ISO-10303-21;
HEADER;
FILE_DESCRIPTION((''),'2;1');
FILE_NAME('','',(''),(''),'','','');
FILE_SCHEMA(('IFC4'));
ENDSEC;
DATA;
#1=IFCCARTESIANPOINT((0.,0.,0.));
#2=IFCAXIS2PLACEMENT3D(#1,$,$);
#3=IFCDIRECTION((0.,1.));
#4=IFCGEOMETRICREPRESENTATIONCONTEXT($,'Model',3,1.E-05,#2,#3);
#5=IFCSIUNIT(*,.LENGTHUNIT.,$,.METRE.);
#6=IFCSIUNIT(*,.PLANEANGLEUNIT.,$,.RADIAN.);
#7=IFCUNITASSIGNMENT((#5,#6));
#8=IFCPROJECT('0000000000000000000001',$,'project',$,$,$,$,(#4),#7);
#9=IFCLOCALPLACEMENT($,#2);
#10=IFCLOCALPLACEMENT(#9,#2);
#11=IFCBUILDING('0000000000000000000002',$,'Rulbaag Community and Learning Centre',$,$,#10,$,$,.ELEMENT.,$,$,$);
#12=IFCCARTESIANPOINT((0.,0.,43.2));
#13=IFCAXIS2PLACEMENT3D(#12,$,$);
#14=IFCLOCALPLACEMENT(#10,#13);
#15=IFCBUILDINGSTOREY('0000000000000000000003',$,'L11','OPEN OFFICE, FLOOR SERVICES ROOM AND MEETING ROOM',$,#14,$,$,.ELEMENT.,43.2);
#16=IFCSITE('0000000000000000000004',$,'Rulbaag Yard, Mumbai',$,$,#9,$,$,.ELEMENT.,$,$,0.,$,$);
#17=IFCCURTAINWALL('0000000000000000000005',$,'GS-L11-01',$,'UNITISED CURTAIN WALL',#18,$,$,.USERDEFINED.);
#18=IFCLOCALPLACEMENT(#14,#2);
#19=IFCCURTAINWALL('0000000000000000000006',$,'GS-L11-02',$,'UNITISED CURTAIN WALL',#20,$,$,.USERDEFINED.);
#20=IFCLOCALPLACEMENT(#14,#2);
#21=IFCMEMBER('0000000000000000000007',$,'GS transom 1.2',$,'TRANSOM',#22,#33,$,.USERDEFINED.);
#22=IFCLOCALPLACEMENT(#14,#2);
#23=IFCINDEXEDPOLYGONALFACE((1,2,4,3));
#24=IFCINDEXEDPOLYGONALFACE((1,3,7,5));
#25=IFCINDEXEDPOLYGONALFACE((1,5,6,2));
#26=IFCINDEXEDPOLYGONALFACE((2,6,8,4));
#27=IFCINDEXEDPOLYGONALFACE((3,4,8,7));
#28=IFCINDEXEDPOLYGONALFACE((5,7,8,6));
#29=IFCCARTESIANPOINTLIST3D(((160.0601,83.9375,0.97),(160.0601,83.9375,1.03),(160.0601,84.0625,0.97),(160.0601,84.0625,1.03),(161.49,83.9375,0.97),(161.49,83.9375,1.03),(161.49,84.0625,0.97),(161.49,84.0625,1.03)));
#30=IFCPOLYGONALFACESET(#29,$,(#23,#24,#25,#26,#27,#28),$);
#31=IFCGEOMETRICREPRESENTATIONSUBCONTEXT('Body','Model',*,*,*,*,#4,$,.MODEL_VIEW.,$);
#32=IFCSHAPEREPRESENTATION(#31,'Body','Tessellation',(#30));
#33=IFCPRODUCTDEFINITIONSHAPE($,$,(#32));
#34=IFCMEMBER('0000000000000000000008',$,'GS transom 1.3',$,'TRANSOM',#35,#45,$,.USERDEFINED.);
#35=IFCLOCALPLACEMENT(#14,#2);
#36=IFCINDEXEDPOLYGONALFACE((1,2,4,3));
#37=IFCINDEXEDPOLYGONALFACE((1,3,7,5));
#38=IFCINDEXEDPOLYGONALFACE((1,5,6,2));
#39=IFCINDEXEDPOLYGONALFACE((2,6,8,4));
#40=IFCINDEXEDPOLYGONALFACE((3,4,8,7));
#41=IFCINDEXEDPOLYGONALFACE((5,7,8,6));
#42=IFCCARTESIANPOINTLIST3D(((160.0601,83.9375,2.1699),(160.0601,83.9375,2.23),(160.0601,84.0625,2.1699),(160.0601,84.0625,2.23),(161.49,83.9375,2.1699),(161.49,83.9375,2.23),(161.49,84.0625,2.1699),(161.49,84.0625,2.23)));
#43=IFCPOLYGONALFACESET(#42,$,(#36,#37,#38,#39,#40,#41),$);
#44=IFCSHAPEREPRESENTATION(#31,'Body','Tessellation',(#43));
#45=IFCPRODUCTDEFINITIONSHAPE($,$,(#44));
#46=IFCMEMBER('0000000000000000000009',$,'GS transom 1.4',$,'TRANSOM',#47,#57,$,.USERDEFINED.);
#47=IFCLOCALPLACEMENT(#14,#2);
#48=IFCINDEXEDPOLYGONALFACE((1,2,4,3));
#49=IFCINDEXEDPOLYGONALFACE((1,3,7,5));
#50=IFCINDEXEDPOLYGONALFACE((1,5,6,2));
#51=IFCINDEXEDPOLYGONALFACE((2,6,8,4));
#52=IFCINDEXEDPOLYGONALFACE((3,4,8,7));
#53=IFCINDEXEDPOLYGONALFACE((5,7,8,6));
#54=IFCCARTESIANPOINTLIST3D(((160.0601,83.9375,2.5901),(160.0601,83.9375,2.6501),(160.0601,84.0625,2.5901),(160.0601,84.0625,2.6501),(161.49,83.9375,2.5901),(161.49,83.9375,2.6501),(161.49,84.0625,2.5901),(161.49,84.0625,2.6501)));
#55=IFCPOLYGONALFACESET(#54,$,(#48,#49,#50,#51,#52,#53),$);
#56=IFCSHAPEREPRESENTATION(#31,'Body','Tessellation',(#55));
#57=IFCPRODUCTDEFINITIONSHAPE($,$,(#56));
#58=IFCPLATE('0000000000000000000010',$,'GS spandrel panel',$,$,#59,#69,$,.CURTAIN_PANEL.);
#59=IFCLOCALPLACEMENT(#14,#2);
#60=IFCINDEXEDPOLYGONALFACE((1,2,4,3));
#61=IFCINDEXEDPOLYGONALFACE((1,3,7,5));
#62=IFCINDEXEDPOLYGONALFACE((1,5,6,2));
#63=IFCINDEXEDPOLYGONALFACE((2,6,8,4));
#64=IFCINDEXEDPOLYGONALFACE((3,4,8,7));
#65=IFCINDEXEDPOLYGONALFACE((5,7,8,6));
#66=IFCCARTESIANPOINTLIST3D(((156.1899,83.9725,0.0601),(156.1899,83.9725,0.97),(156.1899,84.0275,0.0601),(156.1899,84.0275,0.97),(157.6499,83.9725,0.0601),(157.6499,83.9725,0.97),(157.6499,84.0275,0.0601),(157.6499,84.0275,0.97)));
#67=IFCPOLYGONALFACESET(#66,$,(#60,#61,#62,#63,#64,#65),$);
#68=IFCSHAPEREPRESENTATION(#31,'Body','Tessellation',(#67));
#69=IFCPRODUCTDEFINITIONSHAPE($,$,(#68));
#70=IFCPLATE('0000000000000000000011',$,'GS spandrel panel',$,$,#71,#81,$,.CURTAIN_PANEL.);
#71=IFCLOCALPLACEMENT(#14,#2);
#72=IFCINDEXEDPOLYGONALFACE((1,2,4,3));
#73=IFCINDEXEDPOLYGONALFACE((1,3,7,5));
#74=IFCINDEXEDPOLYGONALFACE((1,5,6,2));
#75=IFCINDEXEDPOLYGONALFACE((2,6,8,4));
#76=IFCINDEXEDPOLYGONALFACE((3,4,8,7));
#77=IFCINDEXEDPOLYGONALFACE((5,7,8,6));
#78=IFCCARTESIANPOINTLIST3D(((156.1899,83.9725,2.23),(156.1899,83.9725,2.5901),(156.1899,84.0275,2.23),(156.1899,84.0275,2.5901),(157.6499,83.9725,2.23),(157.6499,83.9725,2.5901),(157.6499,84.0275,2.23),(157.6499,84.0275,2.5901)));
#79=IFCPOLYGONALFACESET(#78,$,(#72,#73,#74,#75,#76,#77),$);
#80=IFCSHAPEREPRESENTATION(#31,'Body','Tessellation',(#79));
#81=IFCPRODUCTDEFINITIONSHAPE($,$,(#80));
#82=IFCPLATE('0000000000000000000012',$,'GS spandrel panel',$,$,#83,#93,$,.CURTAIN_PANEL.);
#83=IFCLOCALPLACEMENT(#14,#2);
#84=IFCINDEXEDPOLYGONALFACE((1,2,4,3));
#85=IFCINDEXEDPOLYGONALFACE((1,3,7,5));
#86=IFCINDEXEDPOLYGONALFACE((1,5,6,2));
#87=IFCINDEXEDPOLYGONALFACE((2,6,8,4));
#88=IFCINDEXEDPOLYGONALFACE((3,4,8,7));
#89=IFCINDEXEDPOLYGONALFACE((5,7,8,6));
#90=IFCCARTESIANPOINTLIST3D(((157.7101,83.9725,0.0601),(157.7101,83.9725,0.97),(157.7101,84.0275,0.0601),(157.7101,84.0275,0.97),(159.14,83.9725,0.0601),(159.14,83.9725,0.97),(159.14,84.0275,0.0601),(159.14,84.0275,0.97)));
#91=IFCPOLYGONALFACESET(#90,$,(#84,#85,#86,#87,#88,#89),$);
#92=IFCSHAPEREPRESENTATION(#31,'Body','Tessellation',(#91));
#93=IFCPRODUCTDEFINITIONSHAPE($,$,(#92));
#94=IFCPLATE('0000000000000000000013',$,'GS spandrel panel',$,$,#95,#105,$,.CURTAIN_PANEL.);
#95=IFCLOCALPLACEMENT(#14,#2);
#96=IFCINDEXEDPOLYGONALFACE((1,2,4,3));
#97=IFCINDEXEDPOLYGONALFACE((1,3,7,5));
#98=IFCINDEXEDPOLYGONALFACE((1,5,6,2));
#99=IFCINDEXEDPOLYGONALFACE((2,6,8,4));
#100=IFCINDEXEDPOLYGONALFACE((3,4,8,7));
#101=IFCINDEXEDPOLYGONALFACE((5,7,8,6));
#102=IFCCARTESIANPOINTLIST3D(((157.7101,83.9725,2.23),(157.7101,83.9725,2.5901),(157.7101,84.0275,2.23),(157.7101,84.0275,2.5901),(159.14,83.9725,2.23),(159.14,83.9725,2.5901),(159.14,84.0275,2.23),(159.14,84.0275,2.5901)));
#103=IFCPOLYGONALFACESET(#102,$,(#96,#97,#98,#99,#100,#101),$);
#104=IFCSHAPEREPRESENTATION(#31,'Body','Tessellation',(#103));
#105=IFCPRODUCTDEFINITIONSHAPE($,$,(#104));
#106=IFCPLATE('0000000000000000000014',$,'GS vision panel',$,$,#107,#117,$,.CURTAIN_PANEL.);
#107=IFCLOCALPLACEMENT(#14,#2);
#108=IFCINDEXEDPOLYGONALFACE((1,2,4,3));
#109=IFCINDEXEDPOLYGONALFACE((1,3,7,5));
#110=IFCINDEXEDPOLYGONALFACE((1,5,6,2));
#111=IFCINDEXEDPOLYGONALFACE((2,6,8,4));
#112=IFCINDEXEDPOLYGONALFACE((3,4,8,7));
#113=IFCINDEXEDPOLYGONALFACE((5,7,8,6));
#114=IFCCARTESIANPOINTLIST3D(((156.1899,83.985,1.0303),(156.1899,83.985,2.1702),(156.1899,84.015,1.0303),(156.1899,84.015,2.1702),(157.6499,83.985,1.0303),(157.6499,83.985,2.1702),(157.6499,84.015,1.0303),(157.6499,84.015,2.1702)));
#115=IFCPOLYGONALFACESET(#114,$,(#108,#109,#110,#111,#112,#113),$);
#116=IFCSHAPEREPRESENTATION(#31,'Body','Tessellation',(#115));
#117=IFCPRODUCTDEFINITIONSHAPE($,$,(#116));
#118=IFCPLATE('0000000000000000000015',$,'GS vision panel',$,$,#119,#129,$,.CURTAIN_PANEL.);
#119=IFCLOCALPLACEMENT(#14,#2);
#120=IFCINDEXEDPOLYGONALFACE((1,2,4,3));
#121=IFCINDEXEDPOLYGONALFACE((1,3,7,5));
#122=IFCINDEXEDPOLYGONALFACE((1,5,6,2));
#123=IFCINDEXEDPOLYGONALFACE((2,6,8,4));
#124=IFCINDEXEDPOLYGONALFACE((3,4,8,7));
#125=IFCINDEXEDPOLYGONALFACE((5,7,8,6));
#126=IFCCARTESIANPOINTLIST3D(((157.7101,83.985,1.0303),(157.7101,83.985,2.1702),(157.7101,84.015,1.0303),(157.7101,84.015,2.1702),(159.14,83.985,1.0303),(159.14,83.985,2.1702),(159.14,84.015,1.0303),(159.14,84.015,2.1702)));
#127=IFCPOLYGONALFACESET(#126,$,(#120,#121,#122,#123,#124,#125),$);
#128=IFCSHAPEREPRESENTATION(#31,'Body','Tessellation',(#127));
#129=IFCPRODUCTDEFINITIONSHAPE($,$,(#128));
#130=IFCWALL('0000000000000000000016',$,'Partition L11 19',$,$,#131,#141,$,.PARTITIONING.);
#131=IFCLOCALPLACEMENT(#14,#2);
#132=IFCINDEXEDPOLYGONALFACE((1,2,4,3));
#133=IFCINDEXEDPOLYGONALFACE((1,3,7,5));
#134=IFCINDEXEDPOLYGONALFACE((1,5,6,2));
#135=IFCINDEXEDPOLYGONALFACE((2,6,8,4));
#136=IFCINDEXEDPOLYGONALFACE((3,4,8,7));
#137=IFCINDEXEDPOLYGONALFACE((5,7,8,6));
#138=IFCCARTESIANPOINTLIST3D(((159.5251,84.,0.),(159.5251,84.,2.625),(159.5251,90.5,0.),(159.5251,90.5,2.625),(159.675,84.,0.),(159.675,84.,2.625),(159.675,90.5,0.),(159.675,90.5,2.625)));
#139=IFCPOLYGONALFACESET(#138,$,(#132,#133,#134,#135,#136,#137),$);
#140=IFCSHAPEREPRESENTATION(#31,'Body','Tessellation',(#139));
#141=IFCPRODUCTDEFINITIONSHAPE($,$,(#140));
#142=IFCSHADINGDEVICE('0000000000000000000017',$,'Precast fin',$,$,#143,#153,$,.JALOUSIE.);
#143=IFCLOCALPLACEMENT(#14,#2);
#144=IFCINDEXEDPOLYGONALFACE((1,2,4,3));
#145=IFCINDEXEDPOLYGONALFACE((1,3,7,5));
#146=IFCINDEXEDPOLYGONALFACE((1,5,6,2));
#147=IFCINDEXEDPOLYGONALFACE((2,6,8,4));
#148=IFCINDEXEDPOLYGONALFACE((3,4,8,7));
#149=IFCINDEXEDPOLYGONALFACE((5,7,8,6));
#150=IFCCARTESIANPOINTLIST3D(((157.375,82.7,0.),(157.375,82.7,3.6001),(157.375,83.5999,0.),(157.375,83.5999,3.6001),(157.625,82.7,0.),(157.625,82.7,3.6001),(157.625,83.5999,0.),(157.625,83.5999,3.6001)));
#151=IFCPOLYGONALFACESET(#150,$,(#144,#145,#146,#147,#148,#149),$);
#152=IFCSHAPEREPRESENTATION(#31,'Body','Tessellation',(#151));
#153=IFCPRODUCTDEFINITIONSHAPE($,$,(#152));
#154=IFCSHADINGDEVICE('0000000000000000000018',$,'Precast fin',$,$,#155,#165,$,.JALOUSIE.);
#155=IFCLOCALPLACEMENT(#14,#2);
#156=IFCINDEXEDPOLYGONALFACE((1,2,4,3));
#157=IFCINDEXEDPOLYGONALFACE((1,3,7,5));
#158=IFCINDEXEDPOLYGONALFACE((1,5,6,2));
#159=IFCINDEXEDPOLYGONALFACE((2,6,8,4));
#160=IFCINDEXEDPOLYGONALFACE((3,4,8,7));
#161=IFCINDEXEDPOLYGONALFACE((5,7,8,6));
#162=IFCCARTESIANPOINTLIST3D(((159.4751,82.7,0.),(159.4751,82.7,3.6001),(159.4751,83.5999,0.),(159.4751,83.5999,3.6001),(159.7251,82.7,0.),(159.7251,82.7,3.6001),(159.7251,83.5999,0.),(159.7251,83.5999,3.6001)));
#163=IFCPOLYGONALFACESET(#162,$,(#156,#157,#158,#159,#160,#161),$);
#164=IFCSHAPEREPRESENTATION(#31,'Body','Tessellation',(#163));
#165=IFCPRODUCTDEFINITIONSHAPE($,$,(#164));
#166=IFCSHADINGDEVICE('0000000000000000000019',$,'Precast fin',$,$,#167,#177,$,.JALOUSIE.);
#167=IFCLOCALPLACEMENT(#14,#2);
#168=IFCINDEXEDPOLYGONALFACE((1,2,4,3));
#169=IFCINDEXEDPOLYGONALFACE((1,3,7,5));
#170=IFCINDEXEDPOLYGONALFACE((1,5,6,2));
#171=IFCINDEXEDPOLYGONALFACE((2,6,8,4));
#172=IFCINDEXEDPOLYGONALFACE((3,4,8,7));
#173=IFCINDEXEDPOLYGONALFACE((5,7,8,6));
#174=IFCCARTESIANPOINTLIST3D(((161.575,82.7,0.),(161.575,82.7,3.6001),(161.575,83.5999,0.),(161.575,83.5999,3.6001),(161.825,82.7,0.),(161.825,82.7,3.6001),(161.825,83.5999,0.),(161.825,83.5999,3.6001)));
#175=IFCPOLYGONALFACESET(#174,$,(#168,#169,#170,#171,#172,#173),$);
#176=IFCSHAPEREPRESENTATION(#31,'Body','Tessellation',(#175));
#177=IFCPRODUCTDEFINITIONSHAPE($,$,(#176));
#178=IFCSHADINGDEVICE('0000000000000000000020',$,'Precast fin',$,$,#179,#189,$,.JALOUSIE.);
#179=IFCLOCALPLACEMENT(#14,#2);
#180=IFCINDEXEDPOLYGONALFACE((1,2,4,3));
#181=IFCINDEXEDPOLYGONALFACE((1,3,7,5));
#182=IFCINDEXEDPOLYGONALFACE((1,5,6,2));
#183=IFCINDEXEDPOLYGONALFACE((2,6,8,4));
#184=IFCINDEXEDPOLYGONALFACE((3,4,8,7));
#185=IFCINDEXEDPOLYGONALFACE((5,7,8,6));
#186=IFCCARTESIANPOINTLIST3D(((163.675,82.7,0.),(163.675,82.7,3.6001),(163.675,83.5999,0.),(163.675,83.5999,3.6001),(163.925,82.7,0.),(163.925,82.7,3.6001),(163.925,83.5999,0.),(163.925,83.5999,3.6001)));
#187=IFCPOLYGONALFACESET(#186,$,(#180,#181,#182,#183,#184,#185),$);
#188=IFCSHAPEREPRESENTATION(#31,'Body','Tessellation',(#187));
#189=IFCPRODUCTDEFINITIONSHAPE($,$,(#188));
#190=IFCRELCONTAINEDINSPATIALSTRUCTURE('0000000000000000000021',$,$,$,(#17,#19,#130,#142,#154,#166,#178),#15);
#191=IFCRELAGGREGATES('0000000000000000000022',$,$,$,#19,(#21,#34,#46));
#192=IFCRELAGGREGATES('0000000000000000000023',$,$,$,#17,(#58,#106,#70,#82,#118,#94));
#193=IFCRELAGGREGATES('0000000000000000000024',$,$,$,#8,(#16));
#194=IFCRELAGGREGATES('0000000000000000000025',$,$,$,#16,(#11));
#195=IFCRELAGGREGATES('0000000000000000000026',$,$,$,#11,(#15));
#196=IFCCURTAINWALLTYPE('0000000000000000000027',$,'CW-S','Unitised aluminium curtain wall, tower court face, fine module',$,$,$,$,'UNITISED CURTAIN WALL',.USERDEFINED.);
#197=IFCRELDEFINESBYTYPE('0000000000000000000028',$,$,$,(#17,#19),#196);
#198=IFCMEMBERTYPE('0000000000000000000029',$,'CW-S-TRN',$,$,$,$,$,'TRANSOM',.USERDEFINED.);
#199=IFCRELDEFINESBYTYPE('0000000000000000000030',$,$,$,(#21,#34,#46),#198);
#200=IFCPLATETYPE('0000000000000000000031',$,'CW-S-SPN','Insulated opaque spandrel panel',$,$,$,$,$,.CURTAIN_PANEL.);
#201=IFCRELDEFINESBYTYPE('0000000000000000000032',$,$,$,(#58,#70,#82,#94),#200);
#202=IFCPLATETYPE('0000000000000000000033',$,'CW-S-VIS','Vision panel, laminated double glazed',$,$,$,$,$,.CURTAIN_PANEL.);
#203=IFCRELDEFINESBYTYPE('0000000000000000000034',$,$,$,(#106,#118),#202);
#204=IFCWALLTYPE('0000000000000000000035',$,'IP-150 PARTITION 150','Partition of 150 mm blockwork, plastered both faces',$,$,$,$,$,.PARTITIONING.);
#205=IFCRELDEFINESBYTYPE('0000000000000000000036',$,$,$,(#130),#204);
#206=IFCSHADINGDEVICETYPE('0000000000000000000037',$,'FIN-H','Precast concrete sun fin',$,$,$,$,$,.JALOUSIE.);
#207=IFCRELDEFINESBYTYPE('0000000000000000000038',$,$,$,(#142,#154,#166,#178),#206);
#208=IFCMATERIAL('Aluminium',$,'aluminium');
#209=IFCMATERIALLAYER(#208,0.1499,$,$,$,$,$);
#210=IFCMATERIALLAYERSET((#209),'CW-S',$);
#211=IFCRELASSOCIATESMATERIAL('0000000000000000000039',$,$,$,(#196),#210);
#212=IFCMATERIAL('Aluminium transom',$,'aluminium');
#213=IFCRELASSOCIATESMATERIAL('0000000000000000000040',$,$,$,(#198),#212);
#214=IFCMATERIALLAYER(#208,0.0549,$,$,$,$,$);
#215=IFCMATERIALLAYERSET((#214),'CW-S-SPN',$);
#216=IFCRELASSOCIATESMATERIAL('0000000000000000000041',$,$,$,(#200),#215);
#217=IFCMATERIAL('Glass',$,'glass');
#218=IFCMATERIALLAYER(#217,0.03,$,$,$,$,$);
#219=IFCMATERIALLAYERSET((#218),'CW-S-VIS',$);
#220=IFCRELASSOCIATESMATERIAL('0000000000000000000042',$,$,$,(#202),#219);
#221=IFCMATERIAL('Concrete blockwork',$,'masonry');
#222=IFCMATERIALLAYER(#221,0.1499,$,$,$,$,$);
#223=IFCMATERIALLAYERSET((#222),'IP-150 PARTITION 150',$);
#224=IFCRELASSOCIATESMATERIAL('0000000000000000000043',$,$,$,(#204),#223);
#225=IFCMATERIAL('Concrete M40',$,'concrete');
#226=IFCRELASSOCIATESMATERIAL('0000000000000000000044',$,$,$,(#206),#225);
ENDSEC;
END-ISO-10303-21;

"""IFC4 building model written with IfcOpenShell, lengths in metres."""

from ifc_helpers import new_model, si_unit, direction, frame, frame_2d, origin, origin_2d, place, context, subcontext, project, spatial, rectangle, extrude, material, layer, layer_set, material_profile, profile_set, type_object, element, aggregate, save


model = new_model("IFC4")

# Units and contexts
model_context = context("Model", 3, precision=1e-05, world=origin(), true_north=direction((0.0, 1.0)))
body_context = subcontext(model_context, "Body", "Model", "MODEL_VIEW")
ifc_project = project(units=[si_unit("LENGTHUNIT", "METRE"), si_unit("PLANEANGLEUNIT", "RADIAN")], contexts=[model_context])

# Site, building, storey
site_placement = place(None, origin())
site = spatial("IfcSite", under=ifc_project, at=site_placement, Name="Rulbaag Yard, Mumbai", CompositionType="ELEMENT", RefElevation=0.0)
building_placement = place(site_placement, origin())
building = spatial("IfcBuilding", under=site, at=building_placement, Name="Rulbaag Community and Learning Centre", CompositionType="ELEMENT")
storey_placement = place(building_placement, frame((0.0, 0.0, 43.2)))
storey = spatial("IfcBuildingStorey", under=building, at=storey_placement, Name="L11", Description="OPEN OFFICE, FLOOR SERVICES ROOM AND MEETING ROOM", CompositionType="ELEMENT", Elevation=43.2)

# Shared definitions
ifc_material_1 = material(Name="Concrete M40", Category="concrete")

# Curtain wall
ifc_material_2 = material(Name="Aluminium", Category="aluminium")
ifc_layer_1 = layer(ifc_material_2, 0.1499)
ifc_layer_set_1 = layer_set([ifc_layer_1], Name="CW-S")
curtain_wall_type = type_object("IfcCurtainWallType", Name="CW-S", Description="Unitised aluminium curtain wall, tower court face, fine module", ElementType="UNITISED CURTAIN WALL", PredefinedType="USERDEFINED", material=ifc_layer_set_1)
curtain_wall_1_placement = place(storey_placement, origin())
curtain_wall_1 = element("IfcCurtainWall", 1, at=curtain_wall_1_placement, inside=storey, type_object=curtain_wall_type, Name="GS-L11-01", ObjectType="UNITISED CURTAIN WALL", PredefinedType="USERDEFINED")

# Curtain wall
curtain_wall_2_placement = place(storey_placement, origin())
curtain_wall_2 = element("IfcCurtainWall", 2, at=curtain_wall_2_placement, inside=storey, type_object=curtain_wall_type, Name="GS-L11-02", ObjectType="UNITISED CURTAIN WALL", PredefinedType="USERDEFINED")

# Members
ifc_material_3 = material(Name="Aluminium transom", Category="aluminium")
ifc_material_profile_1 = material_profile(ifc_material_3, rectangle(XDim=0.125, YDim=0.0601, at=origin_2d()), Name="AL 60x125 T")
ifc_profile_set_1 = profile_set([ifc_material_profile_1], Name="Aluminium transom")
member_type_1 = type_object("IfcMemberType", Name="CW-S-TRN", ElementType="TRANSOM", PredefinedType="USERDEFINED", material=ifc_profile_set_1)
member_1_placement = place(storey_placement, frame((160.0601, 84.0, 1.0), z_axis=(1.0, 0.0, 0.0), x_axis=(0.0, 1.0, 0.0)))
member_1 = element("IfcMember", 3, at=member_1_placement, type_object=member_type_1, Name="GS transom 1.2", ObjectType="TRANSOM", PredefinedType="USERDEFINED", context=body_context, shape_type="SweptSolid", body=[
    extrude(rectangle(XDim=0.125, YDim=0.0601, at=origin_2d()), origin(), (0.0, 0.0, 1.0), 1.4299),
])
member_2_placement = place(storey_placement, frame((160.0601, 84.0, 2.2), z_axis=(1.0, 0.0, 0.0), x_axis=(0.0, 1.0, 0.0)))
member_2 = element("IfcMember", 4, at=member_2_placement, type_object=member_type_1, Name="GS transom 1.3", ObjectType="TRANSOM", PredefinedType="USERDEFINED", context=body_context, shape_type="SweptSolid", body=[
    extrude(rectangle(XDim=0.125, YDim=0.0601, at=origin_2d()), origin(), (0.0, 0.0, 1.0), 1.4299),
])
member_3_placement = place(storey_placement, frame((160.0601, 84.0, 2.6201), z_axis=(1.0, 0.0, 0.0), x_axis=(0.0, 1.0, 0.0)))
member_3 = element("IfcMember", 5, at=member_3_placement, type_object=member_type_1, Name="GS transom 1.4", ObjectType="TRANSOM", PredefinedType="USERDEFINED", context=body_context, shape_type="SweptSolid", body=[
    extrude(rectangle(XDim=0.125, YDim=0.0601, at=origin_2d()), origin(), (0.0, 0.0, 1.0), 1.4299),
])
aggregate(curtain_wall_2, [member_1, member_2, member_3])

# Plates
ifc_layer_2 = layer(ifc_material_2, 0.0549)
ifc_layer_set_2 = layer_set([ifc_layer_2], Name="CW-S-SPN")
plate_type_1 = type_object("IfcPlateType", Name="CW-S-SPN", Description="Insulated opaque spandrel panel", PredefinedType="CURTAIN_PANEL", material=ifc_layer_set_2)
plate_1_placement = place(storey_placement, frame((156.9199, 84.0, 0.0601), z_axis=(0.0, 0.0, 1.0), x_axis=(1.0, 0.0, 0.0)))
plate_1 = element("IfcPlate", 6, at=plate_1_placement, type_object=plate_type_1, Name="GS spandrel panel", PredefinedType="CURTAIN_PANEL", context=body_context, shape_type="SweptSolid", body=[
    extrude(rectangle(XDim=1.46, YDim=0.0549, at=origin_2d()), origin(), (0.0, 0.0, 1.0), 0.9099),
])
plate_2_placement = place(storey_placement, frame((156.9199, 84.0, 2.23), z_axis=(0.0, 0.0, 1.0), x_axis=(1.0, 0.0, 0.0)))
plate_2 = element("IfcPlate", 7, at=plate_2_placement, type_object=plate_type_1, Name="GS spandrel panel", PredefinedType="CURTAIN_PANEL", context=body_context, shape_type="SweptSolid", body=[
    extrude(rectangle(XDim=1.46, YDim=0.0549, at=origin_2d()), origin(), (0.0, 0.0, 1.0), 0.3601),
])
plate_3_placement = place(storey_placement, frame((158.425, 84.0, 0.0601), z_axis=(0.0, 0.0, 1.0), x_axis=(1.0, 0.0, 0.0)))
plate_3 = element("IfcPlate", 8, at=plate_3_placement, type_object=plate_type_1, Name="GS spandrel panel", PredefinedType="CURTAIN_PANEL", context=body_context, shape_type="SweptSolid", body=[
    extrude(rectangle(XDim=1.4299, YDim=0.0549, at=origin_2d()), origin(), (0.0, 0.0, 1.0), 0.9099),
])
plate_4_placement = place(storey_placement, frame((158.425, 84.0, 2.23), z_axis=(0.0, 0.0, 1.0), x_axis=(1.0, 0.0, 0.0)))
plate_4 = element("IfcPlate", 9, at=plate_4_placement, type_object=plate_type_1, Name="GS spandrel panel", PredefinedType="CURTAIN_PANEL", context=body_context, shape_type="SweptSolid", body=[
    extrude(rectangle(XDim=1.4299, YDim=0.0549, at=origin_2d()), origin(), (0.0, 0.0, 1.0), 0.3601),
])
ifc_material_4 = material(Name="Glass", Category="glass")
ifc_layer_3 = layer(ifc_material_4, 0.03)
ifc_layer_set_3 = layer_set([ifc_layer_3], Name="CW-S-VIS")
plate_type_2 = type_object("IfcPlateType", Name="CW-S-VIS", Description="Vision panel, laminated double glazed", PredefinedType="CURTAIN_PANEL", material=ifc_layer_set_3)
plate_5_placement = place(storey_placement, frame((156.9199, 84.0, 1.0303), z_axis=(0.0, 0.0, 1.0), x_axis=(1.0, 0.0, 0.0)))
plate_5 = element("IfcPlate", 10, at=plate_5_placement, type_object=plate_type_2, Name="GS vision panel", PredefinedType="CURTAIN_PANEL", context=body_context, shape_type="SweptSolid", body=[
    extrude(rectangle(XDim=1.46, YDim=0.03, at=origin_2d()), origin(), (0.0, 0.0, 1.0), 1.1399),
])
plate_6_placement = place(storey_placement, frame((158.425, 84.0, 1.0303), z_axis=(0.0, 0.0, 1.0), x_axis=(1.0, 0.0, 0.0)))
plate_6 = element("IfcPlate", 11, at=plate_6_placement, type_object=plate_type_2, Name="GS vision panel", PredefinedType="CURTAIN_PANEL", context=body_context, shape_type="SweptSolid", body=[
    extrude(rectangle(XDim=1.4299, YDim=0.03, at=origin_2d()), origin(), (0.0, 0.0, 1.0), 1.1399),
])
aggregate(curtain_wall_1, [plate_1, plate_5, plate_2, plate_3, plate_6, plate_4])

# Wall
ifc_material_5 = material(Name="Concrete blockwork", Category="masonry")
ifc_layer_4 = layer(ifc_material_5, 0.1499)
ifc_layer_set_4 = layer_set([ifc_layer_4], Name="IP-150 PARTITION 150")
wall_type = type_object("IfcWallType", Name="IP-150 PARTITION 150", Description="Partition of 150 mm blockwork, plastered both faces", PredefinedType="PARTITIONING", material=ifc_layer_set_4)
wall_placement = place(storey_placement, frame((159.6001, 84.0, 0.0), z_axis=(0.0, 0.0, 1.0), x_axis=(0.0, 1.0, 0.0)))
element("IfcWall", 12, at=wall_placement, inside=storey, type_object=wall_type, Name="Partition L11 19", PredefinedType="PARTITIONING", context=body_context, shape_type="SweptSolid", body=[
    extrude(rectangle(XDim=6.5, YDim=0.1499, at=frame_2d((3.25, 0.0))), origin(), (0.0, 0.0, 1.0), 2.625),
])

# Shading devices
ifc_material_profile_2 = material_profile(ifc_material_1, rectangle(XDim=0.25, YDim=0.8999, at=origin_2d()), Name="PC 250x900")
ifc_profile_set_2 = profile_set([ifc_material_profile_2], Name="Concrete M40")
shading_device_type = type_object("IfcShadingDeviceType", Name="FIN-H", Description="Precast concrete sun fin", PredefinedType="JALOUSIE", material=ifc_profile_set_2)
for number, where, z_axis, x_axis, name in (
    (13, (157.5, 83.1499, 0.0), (0.0, 0.0, 1.0), (1.0, 0.0, 0.0), "Precast fin"),
    (14, (159.6001, 83.1499, 0.0), (0.0, 0.0, 1.0), (1.0, 0.0, 0.0), "Precast fin"),
    (15, (161.7, 83.1499, 0.0), (0.0, 0.0, 1.0), (1.0, 0.0, 0.0), "Precast fin"),
    (16, (163.8, 83.1499, 0.0), (0.0, 0.0, 1.0), (1.0, 0.0, 0.0), "Precast fin"),
):
    element("IfcShadingDevice", number, at=place(storey_placement, frame(where, z_axis=z_axis, x_axis=x_axis)), inside=storey, type_object=shading_device_type, Name=name, PredefinedType="JALOUSIE", context=body_context, shape_type="SweptSolid", body=[
        extrude(rectangle(XDim=0.25, YDim=0.8999, at=origin_2d()), origin(), (0.0, 0.0, 1.0), 3.6001),
    ])

save(model, "model.ifc")
